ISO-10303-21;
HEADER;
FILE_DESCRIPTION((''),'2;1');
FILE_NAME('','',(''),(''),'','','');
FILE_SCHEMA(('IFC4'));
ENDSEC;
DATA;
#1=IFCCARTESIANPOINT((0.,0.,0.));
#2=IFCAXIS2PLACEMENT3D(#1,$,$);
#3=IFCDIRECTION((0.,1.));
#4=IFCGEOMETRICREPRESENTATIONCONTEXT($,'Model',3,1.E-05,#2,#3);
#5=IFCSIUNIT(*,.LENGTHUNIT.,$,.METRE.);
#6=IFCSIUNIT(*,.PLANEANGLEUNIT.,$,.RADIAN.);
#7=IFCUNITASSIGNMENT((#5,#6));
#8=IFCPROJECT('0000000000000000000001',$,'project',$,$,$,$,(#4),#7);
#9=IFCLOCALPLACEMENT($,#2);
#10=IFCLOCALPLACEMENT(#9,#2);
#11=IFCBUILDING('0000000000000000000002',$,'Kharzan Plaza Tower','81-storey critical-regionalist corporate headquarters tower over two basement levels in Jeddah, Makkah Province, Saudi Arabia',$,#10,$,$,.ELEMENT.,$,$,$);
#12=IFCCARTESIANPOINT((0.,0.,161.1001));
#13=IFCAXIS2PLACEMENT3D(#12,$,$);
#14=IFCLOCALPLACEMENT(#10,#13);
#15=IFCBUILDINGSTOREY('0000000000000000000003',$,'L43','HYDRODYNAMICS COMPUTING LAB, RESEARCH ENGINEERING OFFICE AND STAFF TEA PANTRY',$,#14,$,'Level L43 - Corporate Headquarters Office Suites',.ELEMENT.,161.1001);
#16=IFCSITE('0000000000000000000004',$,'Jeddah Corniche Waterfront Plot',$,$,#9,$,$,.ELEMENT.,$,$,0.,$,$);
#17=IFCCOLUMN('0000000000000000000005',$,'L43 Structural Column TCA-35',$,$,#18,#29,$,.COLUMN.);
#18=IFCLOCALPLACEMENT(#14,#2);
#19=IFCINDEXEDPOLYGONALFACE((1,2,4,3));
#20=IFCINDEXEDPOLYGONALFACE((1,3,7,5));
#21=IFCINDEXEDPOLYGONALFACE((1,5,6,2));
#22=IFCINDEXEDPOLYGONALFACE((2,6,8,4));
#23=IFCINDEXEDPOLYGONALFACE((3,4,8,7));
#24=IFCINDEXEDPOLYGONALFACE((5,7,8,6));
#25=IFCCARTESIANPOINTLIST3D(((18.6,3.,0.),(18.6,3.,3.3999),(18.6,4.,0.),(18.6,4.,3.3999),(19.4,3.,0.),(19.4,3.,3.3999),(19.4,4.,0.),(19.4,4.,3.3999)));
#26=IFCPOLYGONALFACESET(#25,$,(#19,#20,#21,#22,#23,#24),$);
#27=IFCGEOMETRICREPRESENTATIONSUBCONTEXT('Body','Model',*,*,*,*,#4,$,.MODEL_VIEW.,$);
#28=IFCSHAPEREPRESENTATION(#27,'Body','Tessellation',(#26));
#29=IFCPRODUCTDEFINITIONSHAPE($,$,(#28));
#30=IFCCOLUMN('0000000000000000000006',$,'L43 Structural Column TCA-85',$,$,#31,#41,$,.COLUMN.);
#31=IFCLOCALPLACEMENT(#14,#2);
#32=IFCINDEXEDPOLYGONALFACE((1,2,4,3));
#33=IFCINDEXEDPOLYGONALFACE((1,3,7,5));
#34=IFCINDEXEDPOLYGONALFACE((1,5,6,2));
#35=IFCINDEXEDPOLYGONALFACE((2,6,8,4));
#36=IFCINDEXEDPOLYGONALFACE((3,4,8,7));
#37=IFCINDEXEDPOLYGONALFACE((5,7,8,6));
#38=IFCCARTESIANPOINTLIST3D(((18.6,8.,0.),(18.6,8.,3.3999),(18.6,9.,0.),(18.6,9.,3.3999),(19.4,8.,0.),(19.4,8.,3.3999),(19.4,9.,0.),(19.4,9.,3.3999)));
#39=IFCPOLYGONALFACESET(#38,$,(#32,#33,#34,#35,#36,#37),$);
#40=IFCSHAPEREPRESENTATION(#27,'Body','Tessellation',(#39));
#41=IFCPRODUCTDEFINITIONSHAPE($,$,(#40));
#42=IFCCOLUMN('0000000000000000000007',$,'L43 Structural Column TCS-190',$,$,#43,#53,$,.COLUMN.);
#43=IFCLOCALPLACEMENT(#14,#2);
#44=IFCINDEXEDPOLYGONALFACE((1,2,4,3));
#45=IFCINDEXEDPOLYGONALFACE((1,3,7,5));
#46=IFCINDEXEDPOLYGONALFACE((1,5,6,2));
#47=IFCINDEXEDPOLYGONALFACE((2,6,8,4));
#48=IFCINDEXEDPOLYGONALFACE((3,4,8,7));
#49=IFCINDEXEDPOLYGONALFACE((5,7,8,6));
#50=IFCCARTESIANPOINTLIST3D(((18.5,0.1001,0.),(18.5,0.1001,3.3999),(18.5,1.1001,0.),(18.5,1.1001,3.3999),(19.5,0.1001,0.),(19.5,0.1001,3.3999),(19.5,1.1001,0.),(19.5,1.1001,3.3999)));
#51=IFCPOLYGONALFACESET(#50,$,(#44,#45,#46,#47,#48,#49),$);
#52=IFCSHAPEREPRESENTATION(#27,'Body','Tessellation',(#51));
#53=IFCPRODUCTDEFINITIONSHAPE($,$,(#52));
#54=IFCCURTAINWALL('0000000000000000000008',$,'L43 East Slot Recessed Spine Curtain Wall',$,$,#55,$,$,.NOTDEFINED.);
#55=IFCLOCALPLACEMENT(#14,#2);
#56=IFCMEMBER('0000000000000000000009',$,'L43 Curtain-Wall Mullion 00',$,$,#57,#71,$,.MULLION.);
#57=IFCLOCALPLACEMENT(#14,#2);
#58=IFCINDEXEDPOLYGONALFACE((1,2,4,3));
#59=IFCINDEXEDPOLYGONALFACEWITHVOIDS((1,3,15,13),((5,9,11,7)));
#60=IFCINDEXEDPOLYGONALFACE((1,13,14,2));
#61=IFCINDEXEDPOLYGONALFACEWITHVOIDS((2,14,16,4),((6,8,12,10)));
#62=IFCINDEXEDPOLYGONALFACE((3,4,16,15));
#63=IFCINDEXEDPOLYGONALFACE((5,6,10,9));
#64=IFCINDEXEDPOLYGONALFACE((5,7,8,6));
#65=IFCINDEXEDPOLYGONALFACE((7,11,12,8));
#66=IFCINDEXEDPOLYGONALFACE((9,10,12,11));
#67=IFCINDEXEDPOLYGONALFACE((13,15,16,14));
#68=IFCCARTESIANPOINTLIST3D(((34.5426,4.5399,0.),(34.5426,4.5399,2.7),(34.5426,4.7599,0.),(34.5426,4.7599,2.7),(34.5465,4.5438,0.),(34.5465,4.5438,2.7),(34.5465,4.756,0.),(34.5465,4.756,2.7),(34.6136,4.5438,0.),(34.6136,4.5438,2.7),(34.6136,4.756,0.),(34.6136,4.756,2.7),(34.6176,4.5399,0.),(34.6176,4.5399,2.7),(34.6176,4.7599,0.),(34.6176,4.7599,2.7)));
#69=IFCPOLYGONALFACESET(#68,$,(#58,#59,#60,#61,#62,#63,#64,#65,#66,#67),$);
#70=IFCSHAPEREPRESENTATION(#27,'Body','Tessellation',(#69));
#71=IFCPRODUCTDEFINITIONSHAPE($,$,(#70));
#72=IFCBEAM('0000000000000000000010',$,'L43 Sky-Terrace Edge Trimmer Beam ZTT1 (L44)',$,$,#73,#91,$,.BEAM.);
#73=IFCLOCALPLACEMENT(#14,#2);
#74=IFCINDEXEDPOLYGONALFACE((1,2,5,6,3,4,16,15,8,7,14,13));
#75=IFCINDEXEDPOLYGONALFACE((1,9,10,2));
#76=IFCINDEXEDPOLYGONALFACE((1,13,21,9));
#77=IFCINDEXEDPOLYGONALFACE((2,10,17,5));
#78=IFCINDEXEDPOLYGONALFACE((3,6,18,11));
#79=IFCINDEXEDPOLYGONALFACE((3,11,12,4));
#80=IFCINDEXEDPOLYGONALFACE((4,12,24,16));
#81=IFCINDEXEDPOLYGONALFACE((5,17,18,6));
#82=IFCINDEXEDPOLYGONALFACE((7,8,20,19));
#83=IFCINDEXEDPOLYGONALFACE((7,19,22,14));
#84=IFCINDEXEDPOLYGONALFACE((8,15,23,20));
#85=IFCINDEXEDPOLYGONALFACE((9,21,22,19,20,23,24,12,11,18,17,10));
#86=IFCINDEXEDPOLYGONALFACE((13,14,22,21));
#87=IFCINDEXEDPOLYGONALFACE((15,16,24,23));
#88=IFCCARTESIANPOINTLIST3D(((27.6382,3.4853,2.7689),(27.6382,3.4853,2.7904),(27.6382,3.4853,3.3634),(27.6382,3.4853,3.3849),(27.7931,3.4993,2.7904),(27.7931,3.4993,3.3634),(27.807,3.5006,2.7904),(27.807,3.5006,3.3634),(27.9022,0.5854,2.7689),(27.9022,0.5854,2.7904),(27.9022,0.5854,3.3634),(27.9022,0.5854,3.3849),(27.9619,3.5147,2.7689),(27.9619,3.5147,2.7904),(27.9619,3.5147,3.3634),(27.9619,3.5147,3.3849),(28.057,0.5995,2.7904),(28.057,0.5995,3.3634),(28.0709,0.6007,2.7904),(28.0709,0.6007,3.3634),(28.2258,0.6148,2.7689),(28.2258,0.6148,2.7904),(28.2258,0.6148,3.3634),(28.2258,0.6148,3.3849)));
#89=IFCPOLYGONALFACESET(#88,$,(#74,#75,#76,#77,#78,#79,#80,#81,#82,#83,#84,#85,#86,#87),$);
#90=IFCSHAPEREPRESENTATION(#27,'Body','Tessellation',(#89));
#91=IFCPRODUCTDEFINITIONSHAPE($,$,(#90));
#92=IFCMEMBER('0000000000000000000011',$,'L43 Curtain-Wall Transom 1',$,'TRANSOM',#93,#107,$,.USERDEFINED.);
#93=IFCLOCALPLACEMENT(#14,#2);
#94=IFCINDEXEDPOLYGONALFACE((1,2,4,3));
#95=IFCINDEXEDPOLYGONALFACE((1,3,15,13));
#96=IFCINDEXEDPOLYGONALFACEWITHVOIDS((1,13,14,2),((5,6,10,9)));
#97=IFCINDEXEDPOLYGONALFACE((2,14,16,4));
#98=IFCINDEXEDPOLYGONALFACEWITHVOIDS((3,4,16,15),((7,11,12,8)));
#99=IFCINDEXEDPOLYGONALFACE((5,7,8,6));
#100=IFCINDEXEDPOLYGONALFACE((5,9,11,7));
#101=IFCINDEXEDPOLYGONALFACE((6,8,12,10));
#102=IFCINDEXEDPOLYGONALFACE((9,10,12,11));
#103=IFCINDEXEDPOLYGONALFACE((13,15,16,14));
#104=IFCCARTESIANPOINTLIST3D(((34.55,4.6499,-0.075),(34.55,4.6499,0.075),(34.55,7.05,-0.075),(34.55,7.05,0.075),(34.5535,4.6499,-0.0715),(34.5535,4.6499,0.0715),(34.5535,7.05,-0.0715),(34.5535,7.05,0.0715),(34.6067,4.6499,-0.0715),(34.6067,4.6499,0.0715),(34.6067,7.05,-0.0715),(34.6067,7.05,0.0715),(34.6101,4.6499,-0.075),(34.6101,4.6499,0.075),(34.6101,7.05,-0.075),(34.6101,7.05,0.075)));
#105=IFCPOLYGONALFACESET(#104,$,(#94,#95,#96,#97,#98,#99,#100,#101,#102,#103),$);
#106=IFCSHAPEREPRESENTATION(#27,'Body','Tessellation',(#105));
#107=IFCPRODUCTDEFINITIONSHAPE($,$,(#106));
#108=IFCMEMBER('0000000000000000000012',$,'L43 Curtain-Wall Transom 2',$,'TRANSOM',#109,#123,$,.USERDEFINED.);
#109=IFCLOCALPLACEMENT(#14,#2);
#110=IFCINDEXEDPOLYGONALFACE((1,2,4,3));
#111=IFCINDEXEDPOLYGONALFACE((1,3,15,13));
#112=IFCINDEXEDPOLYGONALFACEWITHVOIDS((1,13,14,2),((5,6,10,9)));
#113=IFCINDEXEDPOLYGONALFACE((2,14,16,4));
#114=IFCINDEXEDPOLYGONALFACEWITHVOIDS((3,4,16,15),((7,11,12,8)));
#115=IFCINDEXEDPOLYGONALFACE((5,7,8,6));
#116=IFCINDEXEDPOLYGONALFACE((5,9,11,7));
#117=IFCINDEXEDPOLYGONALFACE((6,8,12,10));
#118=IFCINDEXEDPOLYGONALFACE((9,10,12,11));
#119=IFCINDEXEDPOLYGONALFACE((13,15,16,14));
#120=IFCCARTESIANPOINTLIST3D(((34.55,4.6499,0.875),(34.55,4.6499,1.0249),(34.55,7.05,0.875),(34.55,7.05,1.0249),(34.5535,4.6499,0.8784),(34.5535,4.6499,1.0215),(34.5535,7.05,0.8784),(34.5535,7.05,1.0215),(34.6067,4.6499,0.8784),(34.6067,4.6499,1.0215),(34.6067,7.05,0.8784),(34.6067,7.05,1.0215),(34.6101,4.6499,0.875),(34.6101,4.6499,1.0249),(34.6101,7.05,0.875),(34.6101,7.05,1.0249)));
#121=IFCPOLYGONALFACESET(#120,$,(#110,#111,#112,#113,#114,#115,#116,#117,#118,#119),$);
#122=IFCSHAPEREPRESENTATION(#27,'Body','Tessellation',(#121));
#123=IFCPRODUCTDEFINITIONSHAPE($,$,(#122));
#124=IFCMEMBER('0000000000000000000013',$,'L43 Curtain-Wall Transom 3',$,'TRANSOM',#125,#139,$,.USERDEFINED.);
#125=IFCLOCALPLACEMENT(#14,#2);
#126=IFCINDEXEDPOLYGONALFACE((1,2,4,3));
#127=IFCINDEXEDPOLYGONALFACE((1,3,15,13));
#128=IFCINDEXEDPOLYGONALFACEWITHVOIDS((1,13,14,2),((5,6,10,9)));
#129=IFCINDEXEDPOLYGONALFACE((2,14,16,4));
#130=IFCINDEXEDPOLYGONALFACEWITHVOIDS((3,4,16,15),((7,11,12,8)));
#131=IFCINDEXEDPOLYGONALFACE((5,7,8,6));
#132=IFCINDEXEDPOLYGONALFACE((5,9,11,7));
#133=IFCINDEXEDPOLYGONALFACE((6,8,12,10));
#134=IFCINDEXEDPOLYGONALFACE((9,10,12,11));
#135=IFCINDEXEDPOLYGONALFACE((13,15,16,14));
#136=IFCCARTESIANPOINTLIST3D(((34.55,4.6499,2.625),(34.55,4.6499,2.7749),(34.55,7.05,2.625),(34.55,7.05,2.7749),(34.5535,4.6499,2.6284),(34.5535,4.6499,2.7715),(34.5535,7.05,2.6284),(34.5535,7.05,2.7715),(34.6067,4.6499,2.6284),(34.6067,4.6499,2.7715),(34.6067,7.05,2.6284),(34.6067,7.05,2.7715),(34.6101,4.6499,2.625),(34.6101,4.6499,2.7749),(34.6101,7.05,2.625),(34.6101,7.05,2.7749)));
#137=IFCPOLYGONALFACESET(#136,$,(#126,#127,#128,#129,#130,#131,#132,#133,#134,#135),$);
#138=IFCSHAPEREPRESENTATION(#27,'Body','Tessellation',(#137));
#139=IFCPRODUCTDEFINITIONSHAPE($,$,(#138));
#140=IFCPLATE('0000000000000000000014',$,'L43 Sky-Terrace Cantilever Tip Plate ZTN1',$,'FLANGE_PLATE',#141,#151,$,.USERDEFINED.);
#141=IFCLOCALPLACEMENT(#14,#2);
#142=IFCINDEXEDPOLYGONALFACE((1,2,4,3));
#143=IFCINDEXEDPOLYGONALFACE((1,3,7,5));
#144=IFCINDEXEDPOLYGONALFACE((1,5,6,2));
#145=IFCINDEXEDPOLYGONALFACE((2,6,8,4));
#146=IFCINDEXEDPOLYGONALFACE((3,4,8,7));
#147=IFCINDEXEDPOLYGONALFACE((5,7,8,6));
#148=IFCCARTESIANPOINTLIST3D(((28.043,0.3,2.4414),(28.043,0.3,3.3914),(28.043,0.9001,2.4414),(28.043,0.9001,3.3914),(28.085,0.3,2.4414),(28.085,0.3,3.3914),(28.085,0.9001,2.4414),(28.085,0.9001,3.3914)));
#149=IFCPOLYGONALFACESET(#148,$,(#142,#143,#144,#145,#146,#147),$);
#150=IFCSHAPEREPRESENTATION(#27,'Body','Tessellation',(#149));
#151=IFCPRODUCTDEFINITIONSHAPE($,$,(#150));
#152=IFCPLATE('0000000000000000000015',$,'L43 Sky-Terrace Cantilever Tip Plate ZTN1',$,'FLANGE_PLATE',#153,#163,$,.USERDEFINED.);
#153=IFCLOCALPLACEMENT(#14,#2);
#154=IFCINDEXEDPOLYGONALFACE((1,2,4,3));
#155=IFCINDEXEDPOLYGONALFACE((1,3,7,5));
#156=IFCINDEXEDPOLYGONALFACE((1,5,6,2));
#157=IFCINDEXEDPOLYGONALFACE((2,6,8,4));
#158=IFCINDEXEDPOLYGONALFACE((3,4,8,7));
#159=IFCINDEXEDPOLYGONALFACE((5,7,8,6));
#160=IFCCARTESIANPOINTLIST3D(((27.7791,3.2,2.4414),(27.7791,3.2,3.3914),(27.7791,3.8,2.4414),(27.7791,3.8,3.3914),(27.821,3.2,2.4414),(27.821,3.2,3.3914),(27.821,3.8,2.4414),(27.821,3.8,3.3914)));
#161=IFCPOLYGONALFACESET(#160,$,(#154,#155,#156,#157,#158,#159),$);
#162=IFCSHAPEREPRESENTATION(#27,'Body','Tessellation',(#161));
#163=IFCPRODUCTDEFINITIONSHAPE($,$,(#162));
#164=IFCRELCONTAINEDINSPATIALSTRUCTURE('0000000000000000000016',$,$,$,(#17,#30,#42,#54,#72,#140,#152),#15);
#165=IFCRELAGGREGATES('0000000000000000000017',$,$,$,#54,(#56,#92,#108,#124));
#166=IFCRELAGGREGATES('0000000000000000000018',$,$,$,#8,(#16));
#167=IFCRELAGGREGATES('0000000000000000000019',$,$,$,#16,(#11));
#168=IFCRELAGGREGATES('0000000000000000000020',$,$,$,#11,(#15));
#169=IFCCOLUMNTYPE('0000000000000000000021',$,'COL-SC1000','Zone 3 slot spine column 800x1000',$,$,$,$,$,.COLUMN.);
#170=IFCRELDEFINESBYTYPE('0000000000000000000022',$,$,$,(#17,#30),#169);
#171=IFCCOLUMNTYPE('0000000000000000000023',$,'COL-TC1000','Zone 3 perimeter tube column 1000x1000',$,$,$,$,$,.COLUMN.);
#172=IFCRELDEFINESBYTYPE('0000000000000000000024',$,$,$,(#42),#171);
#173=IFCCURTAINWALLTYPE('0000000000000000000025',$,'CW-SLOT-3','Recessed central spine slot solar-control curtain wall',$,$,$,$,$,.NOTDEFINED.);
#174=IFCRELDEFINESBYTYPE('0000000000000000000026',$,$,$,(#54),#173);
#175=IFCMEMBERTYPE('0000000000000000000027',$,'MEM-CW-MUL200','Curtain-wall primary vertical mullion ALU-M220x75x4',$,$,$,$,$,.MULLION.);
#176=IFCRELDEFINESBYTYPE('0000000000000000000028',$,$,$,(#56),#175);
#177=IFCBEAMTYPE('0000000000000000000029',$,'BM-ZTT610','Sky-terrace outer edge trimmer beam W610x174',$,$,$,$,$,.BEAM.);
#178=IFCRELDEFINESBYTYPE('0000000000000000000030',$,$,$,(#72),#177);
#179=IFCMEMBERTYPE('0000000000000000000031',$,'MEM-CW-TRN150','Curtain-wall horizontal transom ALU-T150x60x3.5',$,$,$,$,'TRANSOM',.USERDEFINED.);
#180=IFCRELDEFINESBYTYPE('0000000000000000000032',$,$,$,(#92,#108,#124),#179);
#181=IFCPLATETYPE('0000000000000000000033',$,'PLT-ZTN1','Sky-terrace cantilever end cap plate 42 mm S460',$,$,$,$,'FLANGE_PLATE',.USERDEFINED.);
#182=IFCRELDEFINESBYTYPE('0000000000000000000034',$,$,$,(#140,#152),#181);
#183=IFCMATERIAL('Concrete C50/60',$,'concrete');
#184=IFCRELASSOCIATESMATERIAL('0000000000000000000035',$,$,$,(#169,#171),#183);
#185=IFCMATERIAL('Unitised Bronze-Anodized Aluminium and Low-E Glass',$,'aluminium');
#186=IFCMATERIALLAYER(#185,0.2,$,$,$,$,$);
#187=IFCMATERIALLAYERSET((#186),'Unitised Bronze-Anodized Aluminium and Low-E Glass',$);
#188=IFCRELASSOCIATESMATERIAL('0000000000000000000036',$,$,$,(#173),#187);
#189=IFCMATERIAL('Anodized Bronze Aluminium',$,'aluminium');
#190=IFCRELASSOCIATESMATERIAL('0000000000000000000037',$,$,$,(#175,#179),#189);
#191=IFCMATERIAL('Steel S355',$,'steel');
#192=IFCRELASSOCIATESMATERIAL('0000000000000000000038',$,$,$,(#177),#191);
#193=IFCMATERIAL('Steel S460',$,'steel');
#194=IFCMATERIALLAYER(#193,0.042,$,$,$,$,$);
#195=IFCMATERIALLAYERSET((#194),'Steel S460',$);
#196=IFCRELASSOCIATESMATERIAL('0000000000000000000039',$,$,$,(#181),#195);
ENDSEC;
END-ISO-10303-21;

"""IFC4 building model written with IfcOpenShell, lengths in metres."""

from ifc_helpers import new_model, si_unit, direction, frame, origin, origin_2d, place, context, subcontext, project, spatial, rectangle, hollow_rectangle, i_section, extrude, source, transform, mapped, material, layer, layer_set, material_profile, profile_set, type_object, element, aggregate, save


model = new_model("IFC4")

# Units and contexts
model_context = context("Model", 3, precision=1e-05, world=origin(), true_north=direction((0.0, 1.0)))
body_context = subcontext(model_context, "Body", "Model", "MODEL_VIEW")
ifc_project = project(units=[si_unit("LENGTHUNIT", "METRE"), si_unit("PLANEANGLEUNIT", "RADIAN")], contexts=[model_context])

# Site, building, storey
site_placement = place(None, origin())
site = spatial("IfcSite", under=ifc_project, at=site_placement, Name="Jeddah Corniche Waterfront Plot", CompositionType="ELEMENT", RefElevation=0.0)
building_placement = place(site_placement, origin())
building = spatial("IfcBuilding", under=site, at=building_placement, Name="Kharzan Plaza Tower", Description="81-storey critical-regionalist corporate headquarters tower over two basement levels in Jeddah, Makkah Province, Saudi Arabia", CompositionType="ELEMENT")
storey_placement = place(building_placement, frame((0.0, 0.0, 161.1001)))
storey = spatial("IfcBuildingStorey", under=building, at=storey_placement, Name="L43", Description="HYDRODYNAMICS COMPUTING LAB, RESEARCH ENGINEERING OFFICE AND STAFF TEA PANTRY", LongName="Level L43 - Corporate Headquarters Office Suites", CompositionType="ELEMENT", Elevation=161.1001)

# Columns
ifc_material_1 = material(Name="Concrete C50/60", Category="concrete")
ifc_material_profile_1 = material_profile(ifc_material_1, rectangle(XDim=0.8, YDim=1.0, at=origin_2d()), Name="RC-SC1000x800")
ifc_profile_set_1 = profile_set([ifc_material_profile_1], Name="Concrete C50/60")
column_type_1 = type_object("IfcColumnType", Name="COL-SC1000", Description="Zone 3 slot spine column 800x1000", PredefinedType="COLUMN", material=ifc_profile_set_1)
shared_shape_1 = source(origin(), body_context, "Body", "SweptSolid", [
    extrude(rectangle(XDim=0.8, YDim=1.0, at=origin_2d()), origin(), (0.0, 0.0, 1.0), 3.3999),
])
for number, where, z_axis, x_axis, name in (
    (1, (19.0, 3.5, 0.0), (0.0, 0.0, 1.0), (1.0, 0.0, 0.0), "L43 Structural Column TCA-35"),
    (2, (19.0, 8.5, 0.0), (0.0, 0.0, 1.0), (1.0, 0.0, 0.0), "L43 Structural Column TCA-85"),
):
    element("IfcColumn", number, at=place(storey_placement, frame(where, z_axis=z_axis, x_axis=x_axis)), inside=storey, type_object=column_type_1, Name=name, PredefinedType="COLUMN", context=body_context, shape_type="MappedRepresentation", body=[
        mapped(shared_shape_1, transform((0.0, 0.0, 0.0), x_axis=(1.0, 0.0, 0.0), y_axis=(0.0, 1.0, 0.0), z_axis=(0.0, 0.0, 1.0))),
    ])
ifc_material_profile_2 = material_profile(ifc_material_1, rectangle(XDim=1.0, YDim=1.0, at=origin_2d()), Name="RC-TC1000x1000")
ifc_profile_set_2 = profile_set([ifc_material_profile_2], Name="Concrete C50/60")
column_type_2 = type_object("IfcColumnType", Name="COL-TC1000", Description="Zone 3 perimeter tube column 1000x1000", PredefinedType="COLUMN", material=ifc_profile_set_2)
shared_shape_2 = source(origin(), body_context, "Body", "SweptSolid", [
    extrude(rectangle(XDim=1.0, YDim=1.0, at=origin_2d()), origin(), (0.0, 0.0, 1.0), 3.3999),
])
column_placement = place(storey_placement, frame((19.0, 0.6001, 0.0), z_axis=(0.0, 0.0, 1.0), x_axis=(1.0, 0.0, 0.0)))
element("IfcColumn", 3, at=column_placement, inside=storey, type_object=column_type_2, Name="L43 Structural Column TCS-190", PredefinedType="COLUMN", context=body_context, shape_type="MappedRepresentation", body=[
    mapped(shared_shape_2, transform((0.0, 0.0, 0.0), x_axis=(1.0, 0.0, 0.0), y_axis=(0.0, 1.0, 0.0), z_axis=(0.0, 0.0, 1.0))),
])

# Curtain wall, member
ifc_material_2 = material(Name="Unitised Bronze-Anodized Aluminium and Low-E Glass", Category="aluminium")
ifc_layer_1 = layer(ifc_material_2, 0.2)
ifc_layer_set_1 = layer_set([ifc_layer_1], Name="Unitised Bronze-Anodized Aluminium and Low-E Glass")
curtain_wall_type = type_object("IfcCurtainWallType", Name="CW-SLOT-3", Description="Recessed central spine slot solar-control curtain wall", PredefinedType="NOTDEFINED", material=ifc_layer_set_1)
curtain_wall_placement = place(storey_placement, origin())
curtain_wall = element("IfcCurtainWall", 4, at=curtain_wall_placement, inside=storey, type_object=curtain_wall_type, Name="L43 East Slot Recessed Spine Curtain Wall", PredefinedType="NOTDEFINED")
ifc_material_3 = material(Name="Anodized Bronze Aluminium", Category="aluminium")
ifc_material_profile_3 = material_profile(ifc_material_3, hollow_rectangle(XDim=0.075, YDim=0.22, WallThickness=0.0039, at=origin_2d()), Name="ALU-M220x75x4")
ifc_profile_set_3 = profile_set([ifc_material_profile_3], Name="Anodized Bronze Aluminium")
member_type_1 = type_object("IfcMemberType", Name="MEM-CW-MUL200", Description="Curtain-wall primary vertical mullion ALU-M220x75x4", PredefinedType="MULLION", material=ifc_profile_set_3)
shared_shape_3 = source(origin(), body_context, "Body", "SweptSolid", [
    extrude(hollow_rectangle(XDim=0.075, YDim=0.22, WallThickness=0.0039, at=origin_2d()), origin(), (0.0, 0.0, 1.0), 2.7),
])
member_1_placement = place(storey_placement, frame((34.5801, 4.6499, 0.0), z_axis=(0.0, 0.0, 1.0), x_axis=(1.0, 0.0, 0.0)))
member_1 = element("IfcMember", 5, at=member_1_placement, type_object=member_type_1, Name="L43 Curtain-Wall Mullion 00", PredefinedType="MULLION", context=body_context, shape_type="MappedRepresentation", body=[
    mapped(shared_shape_3, transform((0.0, 0.0, 0.0), x_axis=(1.0, 0.0, 0.0), y_axis=(0.0, 1.0, 0.0), z_axis=(0.0, 0.0, 1.0))),
])

# Beam
ifc_material_4 = material(Name="Steel S355", Category="steel")
ifc_material_profile_4 = material_profile(ifc_material_4, i_section(OverallWidth=0.325, OverallDepth=0.616, WebThickness=0.0139, FlangeThickness=0.0215, at=origin_2d()), Name="W610x174")
ifc_profile_set_4 = profile_set([ifc_material_profile_4], Name="Steel S355")
beam_type = type_object("IfcBeamType", Name="BM-ZTT610", Description="Sky-terrace outer edge trimmer beam W610x174", PredefinedType="BEAM", material=ifc_profile_set_4)
shared_shape_4 = source(origin(), body_context, "Body", "SweptSolid", [
    extrude(i_section(OverallWidth=0.325, OverallDepth=0.616, WebThickness=0.0139, FlangeThickness=0.0215, at=origin_2d()), origin(), (0.0, 0.0, 1.0), 2.9119),
])
beam_placement = place(storey_placement, frame((28.064, 0.6001, 3.0769), z_axis=(-0.090634, 0.995884, 0.0), x_axis=(-0.995884, -0.090634, 0.0)))
element("IfcBeam", 6, at=beam_placement, inside=storey, type_object=beam_type, Name="L43 Sky-Terrace Edge Trimmer Beam ZTT1 (L44)", PredefinedType="BEAM", context=body_context, shape_type="MappedRepresentation", body=[
    mapped(shared_shape_4, transform((0.0, 0.0, 0.0), x_axis=(1.0, 0.0, 0.0), y_axis=(0.0, 1.0, 0.0), z_axis=(0.0, 0.0, 1.0))),
])

# Members
ifc_material_profile_5 = material_profile(ifc_material_3, hollow_rectangle(XDim=0.0601, YDim=0.1499, WallThickness=0.0034, at=origin_2d()), Name="ALU-T150x60x3.5")
ifc_profile_set_5 = profile_set([ifc_material_profile_5], Name="Anodized Bronze Aluminium")
member_type_2 = type_object("IfcMemberType", Name="MEM-CW-TRN150", Description="Curtain-wall horizontal transom ALU-T150x60x3.5", ElementType="TRANSOM", PredefinedType="USERDEFINED", material=ifc_profile_set_5)
shared_shape_5 = source(origin(), body_context, "Body", "SweptSolid", [
    extrude(hollow_rectangle(XDim=0.0601, YDim=0.1499, WallThickness=0.0034, at=origin_2d()), origin(), (0.0, 0.0, 1.0), 2.4001),
])
member_2_placement = place(storey_placement, frame((34.5801, 4.6499, 0.0), z_axis=(0.0, 1.0, 0.0), x_axis=(-1.0, 0.0, 0.0)))
member_2 = element("IfcMember", 7, at=member_2_placement, type_object=member_type_2, Name="L43 Curtain-Wall Transom 1", ObjectType="TRANSOM", PredefinedType="USERDEFINED", context=body_context, shape_type="MappedRepresentation", body=[
    mapped(shared_shape_5, transform((0.0, 0.0, 0.0), x_axis=(1.0, 0.0, 0.0), y_axis=(0.0, 1.0, 0.0), z_axis=(0.0, 0.0, 1.0))),
])
member_3_placement = place(storey_placement, frame((34.5801, 4.6499, 0.95), z_axis=(0.0, 1.0, 0.0), x_axis=(-1.0, 0.0, 0.0)))
member_3 = element("IfcMember", 8, at=member_3_placement, type_object=member_type_2, Name="L43 Curtain-Wall Transom 2", ObjectType="TRANSOM", PredefinedType="USERDEFINED", context=body_context, shape_type="MappedRepresentation", body=[
    mapped(shared_shape_5, transform((0.0, 0.0, 0.0), x_axis=(1.0, 0.0, 0.0), y_axis=(0.0, 1.0, 0.0), z_axis=(0.0, 0.0, 1.0))),
])
member_4_placement = place(storey_placement, frame((34.5801, 4.6499, 2.7), z_axis=(0.0, 1.0, 0.0), x_axis=(-1.0, 0.0, 0.0)))
member_4 = element("IfcMember", 9, at=member_4_placement, type_object=member_type_2, Name="L43 Curtain-Wall Transom 3", ObjectType="TRANSOM", PredefinedType="USERDEFINED", context=body_context, shape_type="MappedRepresentation", body=[
    mapped(shared_shape_5, transform((0.0, 0.0, 0.0), x_axis=(1.0, 0.0, 0.0), y_axis=(0.0, 1.0, 0.0), z_axis=(0.0, 0.0, 1.0))),
])

# Plates
ifc_material_5 = material(Name="Steel S460", Category="steel")
ifc_layer_2 = layer(ifc_material_5, 0.042)
ifc_layer_set_2 = layer_set([ifc_layer_2], Name="Steel S460")
plate_type_1 = type_object("IfcPlateType", Name="PLT-ZTN1", Description="Sky-terrace cantilever end cap plate 42 mm S460", ElementType="FLANGE_PLATE", PredefinedType="USERDEFINED", material=ifc_layer_set_2)
shared_shape_6 = source(origin(), body_context, "Body", "SweptSolid", [
    extrude(rectangle(XDim=0.6001, YDim=0.042, at=origin_2d()), origin(), (0.0, 0.0, 1.0), 0.95),
])
for number, where, z_axis, x_axis, name in (
    (10, (28.064, 0.6001, 2.4414), (0.0, 0.0, 1.0), (0.0, 1.0, 0.0), "L43 Sky-Terrace Cantilever Tip Plate ZTN1"),
    (11, (27.8, 3.5, 2.4414), (0.0, 0.0, 1.0), (0.0, 1.0, 0.0), "L43 Sky-Terrace Cantilever Tip Plate ZTN1"),
):
    element("IfcPlate", number, at=place(storey_placement, frame(where, z_axis=z_axis, x_axis=x_axis)), inside=storey, type_object=plate_type_1, Name=name, ObjectType="FLANGE_PLATE", PredefinedType="USERDEFINED", context=body_context, shape_type="MappedRepresentation", body=[
        mapped(shared_shape_6, transform((0.0, 0.0, 0.0), x_axis=(1.0, 0.0, 0.0), y_axis=(0.0, 1.0, 0.0), z_axis=(0.0, 0.0, 1.0))),
    ])

aggregate(curtain_wall, [member_1, member_2, member_3, member_4])

save(model, "model.ifc")
